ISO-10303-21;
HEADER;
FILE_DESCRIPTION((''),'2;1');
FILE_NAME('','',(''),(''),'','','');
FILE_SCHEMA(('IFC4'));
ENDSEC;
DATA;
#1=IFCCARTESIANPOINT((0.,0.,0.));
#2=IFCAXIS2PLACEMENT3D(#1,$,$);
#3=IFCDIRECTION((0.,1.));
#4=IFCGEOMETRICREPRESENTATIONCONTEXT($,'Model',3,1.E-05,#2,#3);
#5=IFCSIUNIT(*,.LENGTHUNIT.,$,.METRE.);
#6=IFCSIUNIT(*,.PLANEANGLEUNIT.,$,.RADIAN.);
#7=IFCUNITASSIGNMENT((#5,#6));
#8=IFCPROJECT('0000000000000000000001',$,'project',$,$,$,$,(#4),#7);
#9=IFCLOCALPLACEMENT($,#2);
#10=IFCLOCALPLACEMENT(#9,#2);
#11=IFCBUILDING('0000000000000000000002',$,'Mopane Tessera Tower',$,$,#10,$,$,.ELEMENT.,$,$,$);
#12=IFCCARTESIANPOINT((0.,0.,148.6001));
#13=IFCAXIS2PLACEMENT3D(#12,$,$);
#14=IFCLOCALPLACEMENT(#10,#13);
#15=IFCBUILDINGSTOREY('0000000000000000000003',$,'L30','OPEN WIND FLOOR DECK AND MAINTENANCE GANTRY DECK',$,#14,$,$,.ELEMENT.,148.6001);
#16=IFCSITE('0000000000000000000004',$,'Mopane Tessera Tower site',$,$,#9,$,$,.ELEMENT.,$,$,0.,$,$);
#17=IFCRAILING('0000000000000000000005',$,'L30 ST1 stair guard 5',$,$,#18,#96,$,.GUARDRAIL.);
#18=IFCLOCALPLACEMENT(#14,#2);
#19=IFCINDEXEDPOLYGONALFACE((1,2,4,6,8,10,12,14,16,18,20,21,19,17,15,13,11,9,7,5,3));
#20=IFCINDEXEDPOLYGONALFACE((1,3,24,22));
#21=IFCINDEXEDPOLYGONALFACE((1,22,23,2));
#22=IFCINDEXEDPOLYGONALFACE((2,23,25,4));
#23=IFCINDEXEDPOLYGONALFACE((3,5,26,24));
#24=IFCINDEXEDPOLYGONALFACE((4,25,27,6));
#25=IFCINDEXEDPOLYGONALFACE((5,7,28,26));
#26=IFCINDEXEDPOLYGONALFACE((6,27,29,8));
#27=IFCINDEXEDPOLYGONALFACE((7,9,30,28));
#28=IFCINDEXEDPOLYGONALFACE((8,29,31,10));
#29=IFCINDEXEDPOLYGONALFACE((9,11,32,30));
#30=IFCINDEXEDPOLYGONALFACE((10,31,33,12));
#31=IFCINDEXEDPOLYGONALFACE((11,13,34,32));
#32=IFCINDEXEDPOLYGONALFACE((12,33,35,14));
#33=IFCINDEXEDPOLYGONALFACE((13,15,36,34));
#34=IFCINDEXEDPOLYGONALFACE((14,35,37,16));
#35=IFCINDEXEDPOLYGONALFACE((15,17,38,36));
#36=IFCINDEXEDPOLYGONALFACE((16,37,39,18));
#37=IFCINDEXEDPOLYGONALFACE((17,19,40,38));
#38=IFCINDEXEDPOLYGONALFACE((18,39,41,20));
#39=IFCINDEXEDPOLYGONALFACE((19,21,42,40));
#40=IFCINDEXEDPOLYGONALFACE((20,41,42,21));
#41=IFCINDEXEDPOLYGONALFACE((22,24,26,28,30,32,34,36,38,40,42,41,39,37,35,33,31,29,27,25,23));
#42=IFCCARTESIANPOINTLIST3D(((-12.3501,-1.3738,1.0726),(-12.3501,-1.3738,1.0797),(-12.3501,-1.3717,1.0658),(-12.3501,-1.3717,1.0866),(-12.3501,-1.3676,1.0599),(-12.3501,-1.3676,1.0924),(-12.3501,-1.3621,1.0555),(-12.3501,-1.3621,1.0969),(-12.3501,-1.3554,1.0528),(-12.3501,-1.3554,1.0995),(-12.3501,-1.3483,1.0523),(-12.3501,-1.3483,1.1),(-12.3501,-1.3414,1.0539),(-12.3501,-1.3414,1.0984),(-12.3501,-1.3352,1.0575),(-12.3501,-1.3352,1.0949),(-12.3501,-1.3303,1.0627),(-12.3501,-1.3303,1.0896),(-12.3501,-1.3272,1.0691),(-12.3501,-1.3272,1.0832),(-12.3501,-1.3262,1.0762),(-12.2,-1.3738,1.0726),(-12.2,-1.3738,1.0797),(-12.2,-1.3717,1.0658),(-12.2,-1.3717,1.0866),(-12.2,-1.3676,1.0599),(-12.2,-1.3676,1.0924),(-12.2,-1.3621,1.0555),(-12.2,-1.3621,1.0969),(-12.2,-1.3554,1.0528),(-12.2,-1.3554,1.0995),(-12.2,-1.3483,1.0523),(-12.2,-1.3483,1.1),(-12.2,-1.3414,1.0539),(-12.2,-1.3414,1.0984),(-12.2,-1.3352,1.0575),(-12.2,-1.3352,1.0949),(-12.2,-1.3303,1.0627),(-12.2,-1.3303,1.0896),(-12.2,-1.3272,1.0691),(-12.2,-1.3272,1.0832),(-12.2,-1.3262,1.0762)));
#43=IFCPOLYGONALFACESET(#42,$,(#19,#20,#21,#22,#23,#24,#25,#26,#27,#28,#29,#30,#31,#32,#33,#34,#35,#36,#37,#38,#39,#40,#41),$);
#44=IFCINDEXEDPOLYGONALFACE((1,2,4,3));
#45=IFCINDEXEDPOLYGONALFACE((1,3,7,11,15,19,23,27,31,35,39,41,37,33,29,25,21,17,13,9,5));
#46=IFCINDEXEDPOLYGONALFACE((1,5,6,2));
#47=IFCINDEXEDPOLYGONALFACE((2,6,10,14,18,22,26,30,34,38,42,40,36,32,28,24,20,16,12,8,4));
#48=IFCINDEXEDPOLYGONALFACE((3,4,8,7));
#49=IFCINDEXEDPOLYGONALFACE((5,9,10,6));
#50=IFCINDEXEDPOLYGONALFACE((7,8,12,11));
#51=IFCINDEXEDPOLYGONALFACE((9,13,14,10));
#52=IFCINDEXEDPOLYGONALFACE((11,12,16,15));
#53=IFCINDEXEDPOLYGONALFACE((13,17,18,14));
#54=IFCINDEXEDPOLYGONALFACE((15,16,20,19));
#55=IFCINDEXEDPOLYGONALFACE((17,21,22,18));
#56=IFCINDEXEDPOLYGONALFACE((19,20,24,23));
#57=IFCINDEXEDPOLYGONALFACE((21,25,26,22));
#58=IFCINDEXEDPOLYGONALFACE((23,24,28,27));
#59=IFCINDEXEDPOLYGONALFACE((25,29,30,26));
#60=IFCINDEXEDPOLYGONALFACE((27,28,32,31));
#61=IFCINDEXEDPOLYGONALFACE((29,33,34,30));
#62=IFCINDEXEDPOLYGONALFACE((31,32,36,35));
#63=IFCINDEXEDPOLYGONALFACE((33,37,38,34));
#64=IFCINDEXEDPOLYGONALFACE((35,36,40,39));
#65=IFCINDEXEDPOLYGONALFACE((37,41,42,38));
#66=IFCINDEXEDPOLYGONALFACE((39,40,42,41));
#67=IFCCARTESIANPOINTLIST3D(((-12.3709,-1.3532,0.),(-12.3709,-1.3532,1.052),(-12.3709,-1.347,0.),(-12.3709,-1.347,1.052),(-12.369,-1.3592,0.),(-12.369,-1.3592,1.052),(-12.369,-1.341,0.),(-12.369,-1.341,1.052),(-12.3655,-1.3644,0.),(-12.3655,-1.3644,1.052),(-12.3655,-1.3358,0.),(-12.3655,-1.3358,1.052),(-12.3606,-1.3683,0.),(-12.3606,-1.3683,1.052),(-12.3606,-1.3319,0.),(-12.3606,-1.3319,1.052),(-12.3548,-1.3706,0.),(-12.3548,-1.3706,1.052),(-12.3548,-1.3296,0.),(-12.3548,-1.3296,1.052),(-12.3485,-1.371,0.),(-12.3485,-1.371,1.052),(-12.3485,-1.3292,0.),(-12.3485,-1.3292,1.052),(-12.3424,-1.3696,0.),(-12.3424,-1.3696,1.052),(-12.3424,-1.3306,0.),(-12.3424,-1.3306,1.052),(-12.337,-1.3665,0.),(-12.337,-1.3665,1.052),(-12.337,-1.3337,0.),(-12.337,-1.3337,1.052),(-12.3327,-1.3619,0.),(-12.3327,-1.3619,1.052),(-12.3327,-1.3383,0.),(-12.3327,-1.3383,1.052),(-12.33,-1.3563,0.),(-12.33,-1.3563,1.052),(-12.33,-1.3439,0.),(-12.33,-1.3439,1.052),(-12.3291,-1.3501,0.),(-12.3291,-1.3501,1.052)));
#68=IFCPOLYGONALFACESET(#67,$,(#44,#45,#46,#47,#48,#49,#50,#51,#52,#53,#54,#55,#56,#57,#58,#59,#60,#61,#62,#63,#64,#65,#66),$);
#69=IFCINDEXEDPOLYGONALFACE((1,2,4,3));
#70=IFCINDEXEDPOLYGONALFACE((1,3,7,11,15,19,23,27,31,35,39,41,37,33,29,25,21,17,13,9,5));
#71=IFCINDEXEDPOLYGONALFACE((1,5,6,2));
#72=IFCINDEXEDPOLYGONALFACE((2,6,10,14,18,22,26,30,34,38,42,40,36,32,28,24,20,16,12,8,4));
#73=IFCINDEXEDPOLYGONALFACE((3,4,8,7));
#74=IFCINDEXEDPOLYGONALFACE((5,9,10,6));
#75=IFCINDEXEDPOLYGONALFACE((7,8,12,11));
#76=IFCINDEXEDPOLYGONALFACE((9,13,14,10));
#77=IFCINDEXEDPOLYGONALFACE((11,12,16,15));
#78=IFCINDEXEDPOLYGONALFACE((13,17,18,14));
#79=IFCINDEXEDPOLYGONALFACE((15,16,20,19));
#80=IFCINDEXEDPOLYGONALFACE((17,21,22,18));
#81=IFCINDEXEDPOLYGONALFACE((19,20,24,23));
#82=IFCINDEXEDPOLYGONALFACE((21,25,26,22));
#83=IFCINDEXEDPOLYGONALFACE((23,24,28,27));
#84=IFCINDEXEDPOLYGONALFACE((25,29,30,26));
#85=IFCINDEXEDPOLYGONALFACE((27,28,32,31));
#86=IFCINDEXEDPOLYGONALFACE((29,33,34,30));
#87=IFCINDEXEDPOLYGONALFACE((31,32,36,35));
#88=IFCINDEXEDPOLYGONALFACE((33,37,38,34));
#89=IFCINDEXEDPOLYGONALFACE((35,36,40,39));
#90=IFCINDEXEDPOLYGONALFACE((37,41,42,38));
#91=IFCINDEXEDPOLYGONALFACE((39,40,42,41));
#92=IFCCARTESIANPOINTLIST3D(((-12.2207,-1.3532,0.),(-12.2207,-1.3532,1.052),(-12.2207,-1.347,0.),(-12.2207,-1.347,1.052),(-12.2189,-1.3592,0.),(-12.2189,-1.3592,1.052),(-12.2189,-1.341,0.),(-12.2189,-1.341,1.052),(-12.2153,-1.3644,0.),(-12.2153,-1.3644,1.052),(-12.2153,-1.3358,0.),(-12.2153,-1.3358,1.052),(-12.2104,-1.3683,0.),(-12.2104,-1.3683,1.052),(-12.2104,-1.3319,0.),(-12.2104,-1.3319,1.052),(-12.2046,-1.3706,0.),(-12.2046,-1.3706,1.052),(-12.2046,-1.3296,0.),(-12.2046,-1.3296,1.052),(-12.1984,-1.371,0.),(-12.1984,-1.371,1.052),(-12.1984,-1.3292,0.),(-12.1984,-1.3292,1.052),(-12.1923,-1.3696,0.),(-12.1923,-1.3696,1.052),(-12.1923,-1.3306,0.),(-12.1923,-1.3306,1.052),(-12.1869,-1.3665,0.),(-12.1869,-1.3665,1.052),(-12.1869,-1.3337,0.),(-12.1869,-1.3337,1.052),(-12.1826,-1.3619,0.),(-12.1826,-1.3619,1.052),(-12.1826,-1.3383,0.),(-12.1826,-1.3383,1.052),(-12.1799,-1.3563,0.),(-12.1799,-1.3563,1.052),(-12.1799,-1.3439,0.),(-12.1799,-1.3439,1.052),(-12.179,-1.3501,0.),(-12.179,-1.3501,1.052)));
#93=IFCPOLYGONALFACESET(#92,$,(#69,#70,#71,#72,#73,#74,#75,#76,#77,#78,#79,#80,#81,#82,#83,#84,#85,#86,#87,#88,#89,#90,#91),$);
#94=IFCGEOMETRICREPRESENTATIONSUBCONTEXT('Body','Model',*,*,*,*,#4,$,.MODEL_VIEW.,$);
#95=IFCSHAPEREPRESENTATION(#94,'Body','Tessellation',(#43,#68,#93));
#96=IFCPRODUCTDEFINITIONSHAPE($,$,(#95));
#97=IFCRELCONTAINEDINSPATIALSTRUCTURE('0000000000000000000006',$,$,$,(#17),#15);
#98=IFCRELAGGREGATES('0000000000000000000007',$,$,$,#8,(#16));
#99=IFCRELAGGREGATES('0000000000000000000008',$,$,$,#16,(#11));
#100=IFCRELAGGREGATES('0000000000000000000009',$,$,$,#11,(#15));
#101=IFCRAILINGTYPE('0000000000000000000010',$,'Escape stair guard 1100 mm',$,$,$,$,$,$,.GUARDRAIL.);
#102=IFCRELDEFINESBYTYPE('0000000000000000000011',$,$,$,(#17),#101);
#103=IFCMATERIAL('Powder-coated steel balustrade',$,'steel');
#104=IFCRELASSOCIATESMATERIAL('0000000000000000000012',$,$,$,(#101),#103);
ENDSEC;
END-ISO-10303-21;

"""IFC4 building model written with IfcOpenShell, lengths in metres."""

from ifc_helpers import new_model, si_unit, direction, frame, origin, origin_2d, place, context, subcontext, project, spatial, circle, extrude, material, type_object, element, save


model = new_model("IFC4")

# Units and contexts
model_context = context("Model", 3, precision=1e-05, world=origin(), true_north=direction((0.0, 1.0)))
body_context = subcontext(model_context, "Body", "Model", "MODEL_VIEW")
ifc_project = project(units=[si_unit("LENGTHUNIT", "METRE"), si_unit("PLANEANGLEUNIT", "RADIAN")], contexts=[model_context])

# Site, building, storey
site_placement = place(None, origin())
site = spatial("IfcSite", under=ifc_project, at=site_placement, Name="Mopane Tessera Tower site", CompositionType="ELEMENT", RefElevation=0.0)
building_placement = place(site_placement, origin())
building = spatial("IfcBuilding", under=site, at=building_placement, Name="Mopane Tessera Tower", CompositionType="ELEMENT")
storey_placement = place(building_placement, frame((0.0, 0.0, 148.6001)))
storey = spatial("IfcBuildingStorey", under=building, at=storey_placement, Name="L30", Description="OPEN WIND FLOOR DECK AND MAINTENANCE GANTRY DECK", CompositionType="ELEMENT", Elevation=148.6001)

# Railing
ifc_material_1 = material(Name="Powder-coated steel balustrade", Category="steel")
railing_type_1 = type_object("IfcRailingType", Name="Escape stair guard 1100 mm", PredefinedType="GUARDRAIL", material=ifc_material_1)
railing_1_placement = place(storey_placement, frame((-12.3501, -1.3501, 0.0)))
element("IfcRailing", 1, at=railing_1_placement, inside=storey, type_object=railing_type_1, Name="L30 ST1 stair guard 5", PredefinedType="GUARDRAIL", context=body_context, shape_type="SweptSolid", body=[
    extrude(circle(Radius=0.0239, at=origin_2d()), frame((0.0, 0.0, 1.0762), z_axis=(1.0, 0.0, 0.0), x_axis=(0.0, 1.0, 0.0)), (0.0, 0.0, 1.0), 0.1501),
    extrude(circle(Radius=0.021, at=origin_2d()), origin(), (0.0, 0.0, 1.0), 1.052),
    extrude(circle(Radius=0.021, at=origin_2d()), frame((0.1501, 0.0, 0.0)), (0.0, 0.0, 1.0), 1.052),
])

save(model, "model.ifc")
